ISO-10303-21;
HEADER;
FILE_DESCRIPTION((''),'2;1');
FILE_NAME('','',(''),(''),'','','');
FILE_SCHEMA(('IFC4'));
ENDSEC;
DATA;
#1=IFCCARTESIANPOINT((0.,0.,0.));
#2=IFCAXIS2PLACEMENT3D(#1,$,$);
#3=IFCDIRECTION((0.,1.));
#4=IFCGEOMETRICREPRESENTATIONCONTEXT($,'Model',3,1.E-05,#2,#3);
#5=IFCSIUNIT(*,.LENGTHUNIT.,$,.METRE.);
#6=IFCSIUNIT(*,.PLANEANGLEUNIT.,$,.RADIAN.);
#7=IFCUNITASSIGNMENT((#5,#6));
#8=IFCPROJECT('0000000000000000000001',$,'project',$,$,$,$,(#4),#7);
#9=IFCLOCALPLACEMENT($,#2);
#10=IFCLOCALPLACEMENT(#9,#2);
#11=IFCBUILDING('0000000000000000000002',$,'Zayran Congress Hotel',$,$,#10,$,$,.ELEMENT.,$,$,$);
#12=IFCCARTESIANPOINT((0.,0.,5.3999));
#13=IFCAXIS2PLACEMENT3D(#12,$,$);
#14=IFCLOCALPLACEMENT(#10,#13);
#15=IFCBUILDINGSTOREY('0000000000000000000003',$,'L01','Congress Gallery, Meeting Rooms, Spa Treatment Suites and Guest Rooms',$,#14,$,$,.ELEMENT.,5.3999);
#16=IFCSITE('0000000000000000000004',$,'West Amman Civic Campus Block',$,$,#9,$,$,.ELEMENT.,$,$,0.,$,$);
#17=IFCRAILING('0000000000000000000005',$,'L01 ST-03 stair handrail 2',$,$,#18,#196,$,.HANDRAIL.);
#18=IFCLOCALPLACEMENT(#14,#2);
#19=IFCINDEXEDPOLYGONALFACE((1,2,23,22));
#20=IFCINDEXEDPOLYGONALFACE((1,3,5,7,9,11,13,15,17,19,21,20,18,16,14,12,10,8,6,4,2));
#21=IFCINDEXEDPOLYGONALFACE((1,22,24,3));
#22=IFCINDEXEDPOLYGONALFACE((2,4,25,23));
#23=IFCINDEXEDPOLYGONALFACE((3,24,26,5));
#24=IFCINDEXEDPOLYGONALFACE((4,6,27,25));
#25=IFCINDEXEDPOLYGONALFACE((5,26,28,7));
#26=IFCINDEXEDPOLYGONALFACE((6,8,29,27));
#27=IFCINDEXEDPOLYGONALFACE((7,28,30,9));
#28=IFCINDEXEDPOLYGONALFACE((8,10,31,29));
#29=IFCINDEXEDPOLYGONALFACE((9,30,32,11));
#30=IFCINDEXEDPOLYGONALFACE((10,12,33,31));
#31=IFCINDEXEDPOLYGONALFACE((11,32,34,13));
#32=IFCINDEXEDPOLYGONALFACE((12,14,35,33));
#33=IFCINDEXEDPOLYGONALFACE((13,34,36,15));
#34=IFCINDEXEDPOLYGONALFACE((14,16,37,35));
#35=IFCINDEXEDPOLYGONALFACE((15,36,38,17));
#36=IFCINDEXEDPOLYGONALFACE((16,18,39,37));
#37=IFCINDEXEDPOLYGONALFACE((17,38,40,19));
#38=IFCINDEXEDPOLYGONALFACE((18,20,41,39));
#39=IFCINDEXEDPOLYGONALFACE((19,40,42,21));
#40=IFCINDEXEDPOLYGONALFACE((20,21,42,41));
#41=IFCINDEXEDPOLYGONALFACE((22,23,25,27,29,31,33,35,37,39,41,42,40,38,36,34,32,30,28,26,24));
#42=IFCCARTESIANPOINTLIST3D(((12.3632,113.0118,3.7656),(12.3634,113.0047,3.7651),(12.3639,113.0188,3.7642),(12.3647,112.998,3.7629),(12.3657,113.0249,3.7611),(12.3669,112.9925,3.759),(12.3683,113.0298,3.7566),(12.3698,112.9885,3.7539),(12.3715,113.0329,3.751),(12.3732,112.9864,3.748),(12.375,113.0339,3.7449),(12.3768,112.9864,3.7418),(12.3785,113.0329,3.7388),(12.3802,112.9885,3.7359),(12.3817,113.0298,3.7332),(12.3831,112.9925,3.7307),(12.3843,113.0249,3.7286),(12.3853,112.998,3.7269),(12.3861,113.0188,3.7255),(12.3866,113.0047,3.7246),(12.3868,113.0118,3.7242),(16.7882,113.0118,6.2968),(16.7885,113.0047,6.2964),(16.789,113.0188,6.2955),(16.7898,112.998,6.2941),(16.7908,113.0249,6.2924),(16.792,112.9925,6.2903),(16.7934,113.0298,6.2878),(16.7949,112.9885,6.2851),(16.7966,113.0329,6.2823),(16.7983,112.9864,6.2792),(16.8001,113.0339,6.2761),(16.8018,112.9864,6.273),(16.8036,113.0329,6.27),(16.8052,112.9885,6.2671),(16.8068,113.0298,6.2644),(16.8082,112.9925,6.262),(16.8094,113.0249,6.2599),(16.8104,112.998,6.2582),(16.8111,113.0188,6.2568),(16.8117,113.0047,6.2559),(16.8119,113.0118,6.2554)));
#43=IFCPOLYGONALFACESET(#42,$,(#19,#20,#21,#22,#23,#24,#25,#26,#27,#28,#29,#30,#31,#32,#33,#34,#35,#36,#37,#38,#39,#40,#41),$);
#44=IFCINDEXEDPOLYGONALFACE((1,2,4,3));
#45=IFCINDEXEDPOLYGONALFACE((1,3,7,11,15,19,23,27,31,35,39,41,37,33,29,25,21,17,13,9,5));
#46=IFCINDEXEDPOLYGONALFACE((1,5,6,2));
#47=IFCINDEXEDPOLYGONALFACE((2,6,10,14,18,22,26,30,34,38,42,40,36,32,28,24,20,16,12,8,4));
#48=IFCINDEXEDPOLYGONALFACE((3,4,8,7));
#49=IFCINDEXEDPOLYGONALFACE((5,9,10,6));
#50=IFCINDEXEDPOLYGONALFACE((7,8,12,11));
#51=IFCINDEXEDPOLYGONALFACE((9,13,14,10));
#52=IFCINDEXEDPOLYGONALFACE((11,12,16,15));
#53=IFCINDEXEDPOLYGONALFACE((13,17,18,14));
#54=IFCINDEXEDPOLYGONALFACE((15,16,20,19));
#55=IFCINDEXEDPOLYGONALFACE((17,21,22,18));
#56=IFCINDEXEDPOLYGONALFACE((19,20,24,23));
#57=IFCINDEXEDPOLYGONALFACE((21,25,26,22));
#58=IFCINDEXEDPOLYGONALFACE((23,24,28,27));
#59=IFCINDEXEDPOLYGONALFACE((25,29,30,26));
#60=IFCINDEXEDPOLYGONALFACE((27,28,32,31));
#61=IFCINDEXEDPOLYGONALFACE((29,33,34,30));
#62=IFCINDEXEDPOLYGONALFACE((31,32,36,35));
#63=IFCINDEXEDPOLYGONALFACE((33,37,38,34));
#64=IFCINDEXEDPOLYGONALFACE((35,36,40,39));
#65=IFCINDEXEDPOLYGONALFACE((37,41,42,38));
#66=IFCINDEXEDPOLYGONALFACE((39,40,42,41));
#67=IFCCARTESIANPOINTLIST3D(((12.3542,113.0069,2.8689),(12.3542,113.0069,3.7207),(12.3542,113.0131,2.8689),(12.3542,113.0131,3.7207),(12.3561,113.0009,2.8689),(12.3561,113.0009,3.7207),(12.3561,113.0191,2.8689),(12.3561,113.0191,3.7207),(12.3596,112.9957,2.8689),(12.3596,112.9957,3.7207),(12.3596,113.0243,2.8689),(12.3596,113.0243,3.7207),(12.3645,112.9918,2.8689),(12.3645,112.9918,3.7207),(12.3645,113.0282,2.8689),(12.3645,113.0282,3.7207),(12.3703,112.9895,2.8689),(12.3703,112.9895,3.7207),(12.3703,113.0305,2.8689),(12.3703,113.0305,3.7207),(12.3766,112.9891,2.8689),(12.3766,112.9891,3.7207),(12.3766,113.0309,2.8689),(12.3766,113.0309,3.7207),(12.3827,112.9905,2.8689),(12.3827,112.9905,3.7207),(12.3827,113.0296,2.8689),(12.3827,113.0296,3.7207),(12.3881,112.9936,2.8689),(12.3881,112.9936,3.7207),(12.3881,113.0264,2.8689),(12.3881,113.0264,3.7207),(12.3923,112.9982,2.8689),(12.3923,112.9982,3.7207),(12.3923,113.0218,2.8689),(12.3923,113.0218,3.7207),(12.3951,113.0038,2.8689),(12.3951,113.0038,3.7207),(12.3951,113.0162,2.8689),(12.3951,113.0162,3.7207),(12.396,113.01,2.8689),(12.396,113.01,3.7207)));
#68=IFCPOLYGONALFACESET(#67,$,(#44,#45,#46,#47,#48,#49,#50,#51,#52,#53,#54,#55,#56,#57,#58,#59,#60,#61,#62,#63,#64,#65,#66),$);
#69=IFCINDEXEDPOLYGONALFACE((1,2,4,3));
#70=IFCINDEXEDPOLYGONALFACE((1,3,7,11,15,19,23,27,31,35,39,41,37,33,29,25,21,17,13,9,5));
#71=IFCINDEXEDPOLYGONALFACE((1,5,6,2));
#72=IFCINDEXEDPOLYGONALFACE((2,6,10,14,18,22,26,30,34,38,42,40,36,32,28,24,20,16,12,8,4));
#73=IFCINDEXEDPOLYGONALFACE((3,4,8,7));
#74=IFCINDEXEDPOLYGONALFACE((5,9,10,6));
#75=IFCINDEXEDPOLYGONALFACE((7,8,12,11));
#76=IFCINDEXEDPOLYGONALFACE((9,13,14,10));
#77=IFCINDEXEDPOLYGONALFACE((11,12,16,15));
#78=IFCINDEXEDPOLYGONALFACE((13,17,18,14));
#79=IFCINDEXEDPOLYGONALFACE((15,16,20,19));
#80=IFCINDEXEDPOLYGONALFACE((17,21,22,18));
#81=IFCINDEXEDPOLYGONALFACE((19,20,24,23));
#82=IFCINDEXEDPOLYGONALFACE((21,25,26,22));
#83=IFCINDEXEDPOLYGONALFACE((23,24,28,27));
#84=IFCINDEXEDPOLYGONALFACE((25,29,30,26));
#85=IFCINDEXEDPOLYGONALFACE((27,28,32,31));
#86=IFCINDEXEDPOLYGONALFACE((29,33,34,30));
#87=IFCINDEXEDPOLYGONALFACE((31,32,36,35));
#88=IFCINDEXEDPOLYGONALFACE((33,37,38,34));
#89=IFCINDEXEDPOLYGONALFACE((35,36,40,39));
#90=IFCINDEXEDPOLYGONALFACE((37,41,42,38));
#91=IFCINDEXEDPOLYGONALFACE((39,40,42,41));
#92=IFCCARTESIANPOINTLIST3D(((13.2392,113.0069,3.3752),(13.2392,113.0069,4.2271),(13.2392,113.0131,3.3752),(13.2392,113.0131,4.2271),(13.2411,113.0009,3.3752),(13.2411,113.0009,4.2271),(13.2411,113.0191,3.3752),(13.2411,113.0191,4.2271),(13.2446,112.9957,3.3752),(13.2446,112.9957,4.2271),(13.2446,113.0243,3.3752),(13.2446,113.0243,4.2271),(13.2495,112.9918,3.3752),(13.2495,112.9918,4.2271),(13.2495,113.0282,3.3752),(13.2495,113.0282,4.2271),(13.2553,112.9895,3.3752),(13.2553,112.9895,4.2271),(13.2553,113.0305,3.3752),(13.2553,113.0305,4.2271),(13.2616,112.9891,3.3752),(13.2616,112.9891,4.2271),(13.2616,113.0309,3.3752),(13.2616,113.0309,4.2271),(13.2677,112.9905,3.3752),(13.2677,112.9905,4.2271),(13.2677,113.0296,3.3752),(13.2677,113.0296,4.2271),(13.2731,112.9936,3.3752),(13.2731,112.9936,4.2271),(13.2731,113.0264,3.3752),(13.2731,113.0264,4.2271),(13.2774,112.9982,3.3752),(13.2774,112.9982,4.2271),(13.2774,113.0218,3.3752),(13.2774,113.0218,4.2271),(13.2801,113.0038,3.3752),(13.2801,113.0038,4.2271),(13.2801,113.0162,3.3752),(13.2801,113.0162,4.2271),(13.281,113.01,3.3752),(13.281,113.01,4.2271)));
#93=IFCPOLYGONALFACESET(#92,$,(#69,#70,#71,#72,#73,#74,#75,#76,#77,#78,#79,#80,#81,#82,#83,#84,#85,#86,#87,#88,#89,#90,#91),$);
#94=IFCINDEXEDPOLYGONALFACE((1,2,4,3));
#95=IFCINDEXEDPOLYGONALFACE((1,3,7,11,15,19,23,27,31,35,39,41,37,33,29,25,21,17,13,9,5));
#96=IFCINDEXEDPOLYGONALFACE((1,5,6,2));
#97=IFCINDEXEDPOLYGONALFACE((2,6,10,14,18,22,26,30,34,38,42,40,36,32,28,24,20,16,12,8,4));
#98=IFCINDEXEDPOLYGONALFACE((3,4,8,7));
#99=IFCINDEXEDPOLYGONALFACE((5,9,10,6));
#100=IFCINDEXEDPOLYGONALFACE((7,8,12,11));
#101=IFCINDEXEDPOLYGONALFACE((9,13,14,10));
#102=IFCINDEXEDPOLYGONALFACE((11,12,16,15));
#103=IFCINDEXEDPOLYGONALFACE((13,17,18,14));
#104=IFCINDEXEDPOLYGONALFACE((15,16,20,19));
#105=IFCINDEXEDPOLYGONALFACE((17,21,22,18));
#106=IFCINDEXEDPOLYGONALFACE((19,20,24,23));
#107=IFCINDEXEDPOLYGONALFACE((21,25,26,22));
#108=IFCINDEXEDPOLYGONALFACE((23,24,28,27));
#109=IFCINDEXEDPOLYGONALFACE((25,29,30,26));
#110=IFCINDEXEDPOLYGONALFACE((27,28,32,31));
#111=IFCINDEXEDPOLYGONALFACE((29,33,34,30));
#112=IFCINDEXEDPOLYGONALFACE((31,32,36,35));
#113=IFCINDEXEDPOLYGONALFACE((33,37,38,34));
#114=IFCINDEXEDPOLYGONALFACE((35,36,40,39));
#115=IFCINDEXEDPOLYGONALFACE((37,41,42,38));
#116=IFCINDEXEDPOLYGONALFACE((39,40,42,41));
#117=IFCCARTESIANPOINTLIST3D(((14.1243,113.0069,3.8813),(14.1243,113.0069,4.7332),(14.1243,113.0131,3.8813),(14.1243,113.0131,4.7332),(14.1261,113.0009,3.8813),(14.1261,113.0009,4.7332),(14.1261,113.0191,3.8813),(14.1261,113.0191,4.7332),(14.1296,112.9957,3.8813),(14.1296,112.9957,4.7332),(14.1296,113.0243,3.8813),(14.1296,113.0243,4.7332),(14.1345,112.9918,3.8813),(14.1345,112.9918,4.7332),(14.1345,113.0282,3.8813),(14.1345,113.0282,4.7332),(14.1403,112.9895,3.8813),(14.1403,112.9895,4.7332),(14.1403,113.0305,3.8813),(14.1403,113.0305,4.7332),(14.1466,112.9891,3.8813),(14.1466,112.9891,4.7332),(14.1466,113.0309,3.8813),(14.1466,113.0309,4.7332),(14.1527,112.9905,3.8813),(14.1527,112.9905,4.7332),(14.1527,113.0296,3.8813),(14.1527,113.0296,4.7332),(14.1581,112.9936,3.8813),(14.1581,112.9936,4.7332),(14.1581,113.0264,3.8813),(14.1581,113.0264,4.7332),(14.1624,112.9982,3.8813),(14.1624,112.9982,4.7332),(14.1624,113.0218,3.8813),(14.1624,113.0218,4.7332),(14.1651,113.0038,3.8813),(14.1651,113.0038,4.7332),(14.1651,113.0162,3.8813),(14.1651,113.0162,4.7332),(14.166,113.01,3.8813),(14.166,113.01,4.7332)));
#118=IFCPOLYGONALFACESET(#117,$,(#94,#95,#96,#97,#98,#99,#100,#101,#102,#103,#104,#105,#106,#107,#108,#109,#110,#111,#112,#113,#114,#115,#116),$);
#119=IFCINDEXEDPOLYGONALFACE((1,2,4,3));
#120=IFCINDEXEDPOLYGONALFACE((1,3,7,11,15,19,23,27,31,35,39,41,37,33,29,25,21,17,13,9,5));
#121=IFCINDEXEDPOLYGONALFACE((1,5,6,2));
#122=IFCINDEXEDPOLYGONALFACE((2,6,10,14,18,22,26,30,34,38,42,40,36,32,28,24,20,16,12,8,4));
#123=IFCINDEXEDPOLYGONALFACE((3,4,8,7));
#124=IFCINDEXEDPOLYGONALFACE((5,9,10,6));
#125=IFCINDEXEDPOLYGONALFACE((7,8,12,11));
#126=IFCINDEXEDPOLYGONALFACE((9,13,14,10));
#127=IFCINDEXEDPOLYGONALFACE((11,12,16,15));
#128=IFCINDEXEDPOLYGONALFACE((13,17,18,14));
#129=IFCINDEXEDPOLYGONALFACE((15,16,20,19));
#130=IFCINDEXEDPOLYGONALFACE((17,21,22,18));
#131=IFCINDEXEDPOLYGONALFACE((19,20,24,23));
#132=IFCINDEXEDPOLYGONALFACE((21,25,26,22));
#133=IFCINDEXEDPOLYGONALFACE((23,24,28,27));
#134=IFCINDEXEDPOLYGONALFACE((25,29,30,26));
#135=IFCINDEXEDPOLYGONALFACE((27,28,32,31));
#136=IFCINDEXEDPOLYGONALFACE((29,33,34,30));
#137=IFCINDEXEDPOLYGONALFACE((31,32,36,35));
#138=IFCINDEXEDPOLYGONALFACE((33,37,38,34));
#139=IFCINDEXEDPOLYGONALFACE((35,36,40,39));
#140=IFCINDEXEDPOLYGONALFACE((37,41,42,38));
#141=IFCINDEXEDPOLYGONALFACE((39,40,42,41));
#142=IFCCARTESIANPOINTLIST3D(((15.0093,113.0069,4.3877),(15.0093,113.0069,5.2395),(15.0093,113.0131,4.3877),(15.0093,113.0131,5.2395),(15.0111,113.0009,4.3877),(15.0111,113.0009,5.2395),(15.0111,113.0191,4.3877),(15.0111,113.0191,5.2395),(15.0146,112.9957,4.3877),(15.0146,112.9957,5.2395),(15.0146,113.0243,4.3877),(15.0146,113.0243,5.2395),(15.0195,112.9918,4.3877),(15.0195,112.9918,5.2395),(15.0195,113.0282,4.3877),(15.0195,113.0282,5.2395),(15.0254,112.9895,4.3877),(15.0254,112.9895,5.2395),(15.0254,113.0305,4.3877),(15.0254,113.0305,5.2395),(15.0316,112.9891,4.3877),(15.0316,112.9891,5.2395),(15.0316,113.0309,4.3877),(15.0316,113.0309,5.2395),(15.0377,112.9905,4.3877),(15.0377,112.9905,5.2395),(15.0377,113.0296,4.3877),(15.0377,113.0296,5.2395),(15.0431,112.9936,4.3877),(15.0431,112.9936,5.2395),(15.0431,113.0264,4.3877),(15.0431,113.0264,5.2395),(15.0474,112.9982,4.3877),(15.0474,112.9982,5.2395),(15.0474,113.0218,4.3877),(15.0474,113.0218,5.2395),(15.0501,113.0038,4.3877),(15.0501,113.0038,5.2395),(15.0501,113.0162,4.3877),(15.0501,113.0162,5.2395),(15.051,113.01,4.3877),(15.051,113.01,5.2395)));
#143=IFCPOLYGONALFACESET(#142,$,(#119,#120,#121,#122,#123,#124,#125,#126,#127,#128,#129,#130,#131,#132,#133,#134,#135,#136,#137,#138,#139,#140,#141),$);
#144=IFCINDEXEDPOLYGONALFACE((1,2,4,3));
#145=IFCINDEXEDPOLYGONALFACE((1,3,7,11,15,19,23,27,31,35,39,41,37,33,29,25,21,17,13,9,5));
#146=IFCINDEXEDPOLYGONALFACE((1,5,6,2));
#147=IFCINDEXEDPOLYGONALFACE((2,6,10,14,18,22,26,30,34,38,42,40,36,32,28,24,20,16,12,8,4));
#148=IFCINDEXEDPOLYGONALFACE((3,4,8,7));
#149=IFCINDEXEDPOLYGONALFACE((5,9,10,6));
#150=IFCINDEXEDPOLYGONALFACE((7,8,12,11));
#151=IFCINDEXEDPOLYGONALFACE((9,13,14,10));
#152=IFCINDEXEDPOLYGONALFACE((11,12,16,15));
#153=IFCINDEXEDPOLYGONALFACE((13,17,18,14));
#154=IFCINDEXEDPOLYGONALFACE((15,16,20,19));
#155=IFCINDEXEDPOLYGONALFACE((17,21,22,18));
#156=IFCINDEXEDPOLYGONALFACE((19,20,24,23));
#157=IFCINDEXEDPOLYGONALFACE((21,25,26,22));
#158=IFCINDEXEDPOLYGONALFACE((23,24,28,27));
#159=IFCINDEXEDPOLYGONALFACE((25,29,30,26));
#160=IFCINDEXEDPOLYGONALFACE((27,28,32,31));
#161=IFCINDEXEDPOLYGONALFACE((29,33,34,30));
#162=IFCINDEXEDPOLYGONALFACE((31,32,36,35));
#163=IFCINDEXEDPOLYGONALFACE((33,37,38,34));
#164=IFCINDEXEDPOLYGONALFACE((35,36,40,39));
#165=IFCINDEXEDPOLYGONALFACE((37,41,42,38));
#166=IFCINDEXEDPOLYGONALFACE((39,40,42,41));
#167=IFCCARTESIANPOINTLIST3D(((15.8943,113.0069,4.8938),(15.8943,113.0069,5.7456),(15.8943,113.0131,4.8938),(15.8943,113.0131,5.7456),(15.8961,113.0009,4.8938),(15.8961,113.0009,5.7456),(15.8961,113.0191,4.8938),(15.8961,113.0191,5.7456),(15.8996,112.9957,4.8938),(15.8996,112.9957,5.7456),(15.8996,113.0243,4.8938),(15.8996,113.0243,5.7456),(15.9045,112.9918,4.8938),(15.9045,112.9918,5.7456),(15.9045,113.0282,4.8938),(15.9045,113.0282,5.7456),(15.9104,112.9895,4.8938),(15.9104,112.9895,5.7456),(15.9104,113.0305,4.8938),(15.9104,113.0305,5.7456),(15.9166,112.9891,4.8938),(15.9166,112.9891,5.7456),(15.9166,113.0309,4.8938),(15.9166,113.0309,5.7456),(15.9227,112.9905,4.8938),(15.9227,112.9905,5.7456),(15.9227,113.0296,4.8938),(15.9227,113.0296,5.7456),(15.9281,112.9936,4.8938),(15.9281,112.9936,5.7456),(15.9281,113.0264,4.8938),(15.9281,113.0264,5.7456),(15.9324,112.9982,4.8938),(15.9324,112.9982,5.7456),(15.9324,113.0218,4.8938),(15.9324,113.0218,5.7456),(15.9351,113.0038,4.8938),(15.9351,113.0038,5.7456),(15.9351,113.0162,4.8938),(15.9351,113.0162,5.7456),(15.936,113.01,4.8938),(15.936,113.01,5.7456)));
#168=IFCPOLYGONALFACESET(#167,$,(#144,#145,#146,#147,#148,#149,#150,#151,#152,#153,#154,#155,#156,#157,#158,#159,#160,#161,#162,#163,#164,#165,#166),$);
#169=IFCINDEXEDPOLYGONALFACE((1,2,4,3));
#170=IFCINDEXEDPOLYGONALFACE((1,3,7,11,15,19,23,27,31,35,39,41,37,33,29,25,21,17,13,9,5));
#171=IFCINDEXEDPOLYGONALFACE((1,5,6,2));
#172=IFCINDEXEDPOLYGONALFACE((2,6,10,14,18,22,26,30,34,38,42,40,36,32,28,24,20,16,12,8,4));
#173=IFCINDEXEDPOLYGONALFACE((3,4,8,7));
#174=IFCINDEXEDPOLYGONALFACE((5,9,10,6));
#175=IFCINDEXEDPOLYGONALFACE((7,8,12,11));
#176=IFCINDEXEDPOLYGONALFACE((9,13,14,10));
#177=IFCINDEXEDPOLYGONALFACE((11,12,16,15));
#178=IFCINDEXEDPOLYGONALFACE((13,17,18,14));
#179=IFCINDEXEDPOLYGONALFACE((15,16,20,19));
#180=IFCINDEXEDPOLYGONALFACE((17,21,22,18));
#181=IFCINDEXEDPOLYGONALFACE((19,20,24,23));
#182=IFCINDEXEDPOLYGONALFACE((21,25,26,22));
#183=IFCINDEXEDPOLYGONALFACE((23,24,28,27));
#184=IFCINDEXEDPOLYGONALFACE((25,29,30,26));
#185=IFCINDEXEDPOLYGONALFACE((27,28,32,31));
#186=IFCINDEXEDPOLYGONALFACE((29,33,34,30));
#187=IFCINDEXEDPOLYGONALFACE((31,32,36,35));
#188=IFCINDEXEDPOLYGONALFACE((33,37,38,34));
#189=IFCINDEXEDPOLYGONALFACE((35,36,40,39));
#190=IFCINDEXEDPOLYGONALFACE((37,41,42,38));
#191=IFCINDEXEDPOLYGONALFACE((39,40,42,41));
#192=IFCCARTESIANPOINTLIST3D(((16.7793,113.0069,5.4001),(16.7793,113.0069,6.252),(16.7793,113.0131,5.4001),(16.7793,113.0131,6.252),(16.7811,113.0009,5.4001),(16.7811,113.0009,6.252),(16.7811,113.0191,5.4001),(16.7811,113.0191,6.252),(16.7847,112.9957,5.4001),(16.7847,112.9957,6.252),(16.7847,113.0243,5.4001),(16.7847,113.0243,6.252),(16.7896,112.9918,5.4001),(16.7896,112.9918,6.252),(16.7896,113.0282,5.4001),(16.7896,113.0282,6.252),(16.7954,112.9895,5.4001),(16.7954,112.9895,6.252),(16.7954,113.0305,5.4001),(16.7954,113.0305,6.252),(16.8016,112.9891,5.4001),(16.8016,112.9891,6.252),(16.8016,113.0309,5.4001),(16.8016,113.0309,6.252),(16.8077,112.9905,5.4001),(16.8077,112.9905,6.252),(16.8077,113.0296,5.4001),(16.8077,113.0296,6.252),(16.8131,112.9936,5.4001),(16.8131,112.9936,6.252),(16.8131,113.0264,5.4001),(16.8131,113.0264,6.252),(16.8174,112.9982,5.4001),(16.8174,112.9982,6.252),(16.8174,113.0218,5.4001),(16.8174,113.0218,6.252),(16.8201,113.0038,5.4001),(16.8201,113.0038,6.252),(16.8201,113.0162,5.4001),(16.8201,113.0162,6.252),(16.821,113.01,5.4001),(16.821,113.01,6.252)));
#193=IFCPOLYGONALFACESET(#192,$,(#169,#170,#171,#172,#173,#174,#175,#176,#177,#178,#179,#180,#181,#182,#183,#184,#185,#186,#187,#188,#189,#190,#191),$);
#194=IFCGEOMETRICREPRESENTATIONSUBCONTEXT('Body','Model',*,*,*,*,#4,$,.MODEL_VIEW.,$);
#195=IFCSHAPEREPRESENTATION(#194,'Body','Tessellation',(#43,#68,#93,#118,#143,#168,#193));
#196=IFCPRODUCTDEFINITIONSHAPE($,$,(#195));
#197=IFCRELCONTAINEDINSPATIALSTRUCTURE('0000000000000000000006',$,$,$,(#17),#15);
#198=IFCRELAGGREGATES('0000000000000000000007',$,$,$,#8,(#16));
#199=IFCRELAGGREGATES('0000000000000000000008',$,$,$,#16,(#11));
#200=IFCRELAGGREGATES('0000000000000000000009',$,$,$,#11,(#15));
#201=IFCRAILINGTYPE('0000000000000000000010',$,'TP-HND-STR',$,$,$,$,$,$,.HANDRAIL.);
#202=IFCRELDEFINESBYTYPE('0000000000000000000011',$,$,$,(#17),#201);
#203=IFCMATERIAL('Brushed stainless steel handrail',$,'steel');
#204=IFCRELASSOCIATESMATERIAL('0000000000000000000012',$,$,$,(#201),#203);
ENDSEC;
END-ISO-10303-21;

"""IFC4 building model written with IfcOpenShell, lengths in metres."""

from ifc_helpers import new_model, si_unit, direction, frame, origin, origin_2d, place, context, subcontext, project, spatial, circle, extrude, material, type_object, element, save


model = new_model("IFC4")

# Units and contexts
model_context = context("Model", 3, precision=1e-05, world=origin(), true_north=direction((0.0, 1.0)))
body_context = subcontext(model_context, "Body", "Model", "MODEL_VIEW")
ifc_project = project(units=[si_unit("LENGTHUNIT", "METRE"), si_unit("PLANEANGLEUNIT", "RADIAN")], contexts=[model_context])

# Site, building, storey
site_placement = place(None, origin())
site = spatial("IfcSite", under=ifc_project, at=site_placement, Name="West Amman Civic Campus Block", CompositionType="ELEMENT", RefElevation=0.0)
building_placement = place(site_placement, origin())
building = spatial("IfcBuilding", under=site, at=building_placement, Name="Zayran Congress Hotel", CompositionType="ELEMENT")
storey_placement = place(building_placement, frame((0.0, 0.0, 5.3999)))
storey = spatial("IfcBuildingStorey", under=building, at=storey_placement, Name="L01", Description="Congress Gallery, Meeting Rooms, Spa Treatment Suites and Guest Rooms", CompositionType="ELEMENT", Elevation=5.3999)

# Railing
ifc_material_1 = material(Name="Brushed stainless steel handrail", Category="steel")
railing_type_1 = type_object("IfcRailingType", Name="TP-HND-STR", PredefinedType="HANDRAIL", material=ifc_material_1)
railing_1_placement = place(storey_placement, frame((12.375, 113.01, 2.8689)))
element("IfcRailing", 1, at=railing_1_placement, inside=storey, type_object=railing_type_1, Name="L01 ST-03 stair handrail 2", PredefinedType="HANDRAIL", context=body_context, shape_type="SweptSolid", body=[
    extrude(circle(Radius=0.0239, at=origin_2d()), frame((0.0, 0.0, 0.876), z_axis=(0.868019, 0.0, 0.496531), x_axis=(0.0, 1.0, 0.0)), (0.0, 0.0, 1.0), 5.0979),
    extrude(circle(Radius=0.021, at=origin_2d()), origin(), (0.0, 0.0, 1.0), 0.8518),
    extrude(circle(Radius=0.021, at=origin_2d()), frame((0.885, 0.0, 0.5063)), (0.0, 0.0, 1.0), 0.8518),
    extrude(circle(Radius=0.021, at=origin_2d()), frame((1.77, 0.0, 1.0125)), (0.0, 0.0, 1.0), 0.8518),
    extrude(circle(Radius=0.021, at=origin_2d()), frame((2.655, 0.0, 1.5188)), (0.0, 0.0, 1.0), 0.8518),
    extrude(circle(Radius=0.021, at=origin_2d()), frame((3.54, 0.0, 2.0249)), (0.0, 0.0, 1.0), 0.8518),
    extrude(circle(Radius=0.021, at=origin_2d()), frame((4.425, 0.0, 2.5312)), (0.0, 0.0, 1.0), 0.8518),
])

save(model, "model.ifc")
